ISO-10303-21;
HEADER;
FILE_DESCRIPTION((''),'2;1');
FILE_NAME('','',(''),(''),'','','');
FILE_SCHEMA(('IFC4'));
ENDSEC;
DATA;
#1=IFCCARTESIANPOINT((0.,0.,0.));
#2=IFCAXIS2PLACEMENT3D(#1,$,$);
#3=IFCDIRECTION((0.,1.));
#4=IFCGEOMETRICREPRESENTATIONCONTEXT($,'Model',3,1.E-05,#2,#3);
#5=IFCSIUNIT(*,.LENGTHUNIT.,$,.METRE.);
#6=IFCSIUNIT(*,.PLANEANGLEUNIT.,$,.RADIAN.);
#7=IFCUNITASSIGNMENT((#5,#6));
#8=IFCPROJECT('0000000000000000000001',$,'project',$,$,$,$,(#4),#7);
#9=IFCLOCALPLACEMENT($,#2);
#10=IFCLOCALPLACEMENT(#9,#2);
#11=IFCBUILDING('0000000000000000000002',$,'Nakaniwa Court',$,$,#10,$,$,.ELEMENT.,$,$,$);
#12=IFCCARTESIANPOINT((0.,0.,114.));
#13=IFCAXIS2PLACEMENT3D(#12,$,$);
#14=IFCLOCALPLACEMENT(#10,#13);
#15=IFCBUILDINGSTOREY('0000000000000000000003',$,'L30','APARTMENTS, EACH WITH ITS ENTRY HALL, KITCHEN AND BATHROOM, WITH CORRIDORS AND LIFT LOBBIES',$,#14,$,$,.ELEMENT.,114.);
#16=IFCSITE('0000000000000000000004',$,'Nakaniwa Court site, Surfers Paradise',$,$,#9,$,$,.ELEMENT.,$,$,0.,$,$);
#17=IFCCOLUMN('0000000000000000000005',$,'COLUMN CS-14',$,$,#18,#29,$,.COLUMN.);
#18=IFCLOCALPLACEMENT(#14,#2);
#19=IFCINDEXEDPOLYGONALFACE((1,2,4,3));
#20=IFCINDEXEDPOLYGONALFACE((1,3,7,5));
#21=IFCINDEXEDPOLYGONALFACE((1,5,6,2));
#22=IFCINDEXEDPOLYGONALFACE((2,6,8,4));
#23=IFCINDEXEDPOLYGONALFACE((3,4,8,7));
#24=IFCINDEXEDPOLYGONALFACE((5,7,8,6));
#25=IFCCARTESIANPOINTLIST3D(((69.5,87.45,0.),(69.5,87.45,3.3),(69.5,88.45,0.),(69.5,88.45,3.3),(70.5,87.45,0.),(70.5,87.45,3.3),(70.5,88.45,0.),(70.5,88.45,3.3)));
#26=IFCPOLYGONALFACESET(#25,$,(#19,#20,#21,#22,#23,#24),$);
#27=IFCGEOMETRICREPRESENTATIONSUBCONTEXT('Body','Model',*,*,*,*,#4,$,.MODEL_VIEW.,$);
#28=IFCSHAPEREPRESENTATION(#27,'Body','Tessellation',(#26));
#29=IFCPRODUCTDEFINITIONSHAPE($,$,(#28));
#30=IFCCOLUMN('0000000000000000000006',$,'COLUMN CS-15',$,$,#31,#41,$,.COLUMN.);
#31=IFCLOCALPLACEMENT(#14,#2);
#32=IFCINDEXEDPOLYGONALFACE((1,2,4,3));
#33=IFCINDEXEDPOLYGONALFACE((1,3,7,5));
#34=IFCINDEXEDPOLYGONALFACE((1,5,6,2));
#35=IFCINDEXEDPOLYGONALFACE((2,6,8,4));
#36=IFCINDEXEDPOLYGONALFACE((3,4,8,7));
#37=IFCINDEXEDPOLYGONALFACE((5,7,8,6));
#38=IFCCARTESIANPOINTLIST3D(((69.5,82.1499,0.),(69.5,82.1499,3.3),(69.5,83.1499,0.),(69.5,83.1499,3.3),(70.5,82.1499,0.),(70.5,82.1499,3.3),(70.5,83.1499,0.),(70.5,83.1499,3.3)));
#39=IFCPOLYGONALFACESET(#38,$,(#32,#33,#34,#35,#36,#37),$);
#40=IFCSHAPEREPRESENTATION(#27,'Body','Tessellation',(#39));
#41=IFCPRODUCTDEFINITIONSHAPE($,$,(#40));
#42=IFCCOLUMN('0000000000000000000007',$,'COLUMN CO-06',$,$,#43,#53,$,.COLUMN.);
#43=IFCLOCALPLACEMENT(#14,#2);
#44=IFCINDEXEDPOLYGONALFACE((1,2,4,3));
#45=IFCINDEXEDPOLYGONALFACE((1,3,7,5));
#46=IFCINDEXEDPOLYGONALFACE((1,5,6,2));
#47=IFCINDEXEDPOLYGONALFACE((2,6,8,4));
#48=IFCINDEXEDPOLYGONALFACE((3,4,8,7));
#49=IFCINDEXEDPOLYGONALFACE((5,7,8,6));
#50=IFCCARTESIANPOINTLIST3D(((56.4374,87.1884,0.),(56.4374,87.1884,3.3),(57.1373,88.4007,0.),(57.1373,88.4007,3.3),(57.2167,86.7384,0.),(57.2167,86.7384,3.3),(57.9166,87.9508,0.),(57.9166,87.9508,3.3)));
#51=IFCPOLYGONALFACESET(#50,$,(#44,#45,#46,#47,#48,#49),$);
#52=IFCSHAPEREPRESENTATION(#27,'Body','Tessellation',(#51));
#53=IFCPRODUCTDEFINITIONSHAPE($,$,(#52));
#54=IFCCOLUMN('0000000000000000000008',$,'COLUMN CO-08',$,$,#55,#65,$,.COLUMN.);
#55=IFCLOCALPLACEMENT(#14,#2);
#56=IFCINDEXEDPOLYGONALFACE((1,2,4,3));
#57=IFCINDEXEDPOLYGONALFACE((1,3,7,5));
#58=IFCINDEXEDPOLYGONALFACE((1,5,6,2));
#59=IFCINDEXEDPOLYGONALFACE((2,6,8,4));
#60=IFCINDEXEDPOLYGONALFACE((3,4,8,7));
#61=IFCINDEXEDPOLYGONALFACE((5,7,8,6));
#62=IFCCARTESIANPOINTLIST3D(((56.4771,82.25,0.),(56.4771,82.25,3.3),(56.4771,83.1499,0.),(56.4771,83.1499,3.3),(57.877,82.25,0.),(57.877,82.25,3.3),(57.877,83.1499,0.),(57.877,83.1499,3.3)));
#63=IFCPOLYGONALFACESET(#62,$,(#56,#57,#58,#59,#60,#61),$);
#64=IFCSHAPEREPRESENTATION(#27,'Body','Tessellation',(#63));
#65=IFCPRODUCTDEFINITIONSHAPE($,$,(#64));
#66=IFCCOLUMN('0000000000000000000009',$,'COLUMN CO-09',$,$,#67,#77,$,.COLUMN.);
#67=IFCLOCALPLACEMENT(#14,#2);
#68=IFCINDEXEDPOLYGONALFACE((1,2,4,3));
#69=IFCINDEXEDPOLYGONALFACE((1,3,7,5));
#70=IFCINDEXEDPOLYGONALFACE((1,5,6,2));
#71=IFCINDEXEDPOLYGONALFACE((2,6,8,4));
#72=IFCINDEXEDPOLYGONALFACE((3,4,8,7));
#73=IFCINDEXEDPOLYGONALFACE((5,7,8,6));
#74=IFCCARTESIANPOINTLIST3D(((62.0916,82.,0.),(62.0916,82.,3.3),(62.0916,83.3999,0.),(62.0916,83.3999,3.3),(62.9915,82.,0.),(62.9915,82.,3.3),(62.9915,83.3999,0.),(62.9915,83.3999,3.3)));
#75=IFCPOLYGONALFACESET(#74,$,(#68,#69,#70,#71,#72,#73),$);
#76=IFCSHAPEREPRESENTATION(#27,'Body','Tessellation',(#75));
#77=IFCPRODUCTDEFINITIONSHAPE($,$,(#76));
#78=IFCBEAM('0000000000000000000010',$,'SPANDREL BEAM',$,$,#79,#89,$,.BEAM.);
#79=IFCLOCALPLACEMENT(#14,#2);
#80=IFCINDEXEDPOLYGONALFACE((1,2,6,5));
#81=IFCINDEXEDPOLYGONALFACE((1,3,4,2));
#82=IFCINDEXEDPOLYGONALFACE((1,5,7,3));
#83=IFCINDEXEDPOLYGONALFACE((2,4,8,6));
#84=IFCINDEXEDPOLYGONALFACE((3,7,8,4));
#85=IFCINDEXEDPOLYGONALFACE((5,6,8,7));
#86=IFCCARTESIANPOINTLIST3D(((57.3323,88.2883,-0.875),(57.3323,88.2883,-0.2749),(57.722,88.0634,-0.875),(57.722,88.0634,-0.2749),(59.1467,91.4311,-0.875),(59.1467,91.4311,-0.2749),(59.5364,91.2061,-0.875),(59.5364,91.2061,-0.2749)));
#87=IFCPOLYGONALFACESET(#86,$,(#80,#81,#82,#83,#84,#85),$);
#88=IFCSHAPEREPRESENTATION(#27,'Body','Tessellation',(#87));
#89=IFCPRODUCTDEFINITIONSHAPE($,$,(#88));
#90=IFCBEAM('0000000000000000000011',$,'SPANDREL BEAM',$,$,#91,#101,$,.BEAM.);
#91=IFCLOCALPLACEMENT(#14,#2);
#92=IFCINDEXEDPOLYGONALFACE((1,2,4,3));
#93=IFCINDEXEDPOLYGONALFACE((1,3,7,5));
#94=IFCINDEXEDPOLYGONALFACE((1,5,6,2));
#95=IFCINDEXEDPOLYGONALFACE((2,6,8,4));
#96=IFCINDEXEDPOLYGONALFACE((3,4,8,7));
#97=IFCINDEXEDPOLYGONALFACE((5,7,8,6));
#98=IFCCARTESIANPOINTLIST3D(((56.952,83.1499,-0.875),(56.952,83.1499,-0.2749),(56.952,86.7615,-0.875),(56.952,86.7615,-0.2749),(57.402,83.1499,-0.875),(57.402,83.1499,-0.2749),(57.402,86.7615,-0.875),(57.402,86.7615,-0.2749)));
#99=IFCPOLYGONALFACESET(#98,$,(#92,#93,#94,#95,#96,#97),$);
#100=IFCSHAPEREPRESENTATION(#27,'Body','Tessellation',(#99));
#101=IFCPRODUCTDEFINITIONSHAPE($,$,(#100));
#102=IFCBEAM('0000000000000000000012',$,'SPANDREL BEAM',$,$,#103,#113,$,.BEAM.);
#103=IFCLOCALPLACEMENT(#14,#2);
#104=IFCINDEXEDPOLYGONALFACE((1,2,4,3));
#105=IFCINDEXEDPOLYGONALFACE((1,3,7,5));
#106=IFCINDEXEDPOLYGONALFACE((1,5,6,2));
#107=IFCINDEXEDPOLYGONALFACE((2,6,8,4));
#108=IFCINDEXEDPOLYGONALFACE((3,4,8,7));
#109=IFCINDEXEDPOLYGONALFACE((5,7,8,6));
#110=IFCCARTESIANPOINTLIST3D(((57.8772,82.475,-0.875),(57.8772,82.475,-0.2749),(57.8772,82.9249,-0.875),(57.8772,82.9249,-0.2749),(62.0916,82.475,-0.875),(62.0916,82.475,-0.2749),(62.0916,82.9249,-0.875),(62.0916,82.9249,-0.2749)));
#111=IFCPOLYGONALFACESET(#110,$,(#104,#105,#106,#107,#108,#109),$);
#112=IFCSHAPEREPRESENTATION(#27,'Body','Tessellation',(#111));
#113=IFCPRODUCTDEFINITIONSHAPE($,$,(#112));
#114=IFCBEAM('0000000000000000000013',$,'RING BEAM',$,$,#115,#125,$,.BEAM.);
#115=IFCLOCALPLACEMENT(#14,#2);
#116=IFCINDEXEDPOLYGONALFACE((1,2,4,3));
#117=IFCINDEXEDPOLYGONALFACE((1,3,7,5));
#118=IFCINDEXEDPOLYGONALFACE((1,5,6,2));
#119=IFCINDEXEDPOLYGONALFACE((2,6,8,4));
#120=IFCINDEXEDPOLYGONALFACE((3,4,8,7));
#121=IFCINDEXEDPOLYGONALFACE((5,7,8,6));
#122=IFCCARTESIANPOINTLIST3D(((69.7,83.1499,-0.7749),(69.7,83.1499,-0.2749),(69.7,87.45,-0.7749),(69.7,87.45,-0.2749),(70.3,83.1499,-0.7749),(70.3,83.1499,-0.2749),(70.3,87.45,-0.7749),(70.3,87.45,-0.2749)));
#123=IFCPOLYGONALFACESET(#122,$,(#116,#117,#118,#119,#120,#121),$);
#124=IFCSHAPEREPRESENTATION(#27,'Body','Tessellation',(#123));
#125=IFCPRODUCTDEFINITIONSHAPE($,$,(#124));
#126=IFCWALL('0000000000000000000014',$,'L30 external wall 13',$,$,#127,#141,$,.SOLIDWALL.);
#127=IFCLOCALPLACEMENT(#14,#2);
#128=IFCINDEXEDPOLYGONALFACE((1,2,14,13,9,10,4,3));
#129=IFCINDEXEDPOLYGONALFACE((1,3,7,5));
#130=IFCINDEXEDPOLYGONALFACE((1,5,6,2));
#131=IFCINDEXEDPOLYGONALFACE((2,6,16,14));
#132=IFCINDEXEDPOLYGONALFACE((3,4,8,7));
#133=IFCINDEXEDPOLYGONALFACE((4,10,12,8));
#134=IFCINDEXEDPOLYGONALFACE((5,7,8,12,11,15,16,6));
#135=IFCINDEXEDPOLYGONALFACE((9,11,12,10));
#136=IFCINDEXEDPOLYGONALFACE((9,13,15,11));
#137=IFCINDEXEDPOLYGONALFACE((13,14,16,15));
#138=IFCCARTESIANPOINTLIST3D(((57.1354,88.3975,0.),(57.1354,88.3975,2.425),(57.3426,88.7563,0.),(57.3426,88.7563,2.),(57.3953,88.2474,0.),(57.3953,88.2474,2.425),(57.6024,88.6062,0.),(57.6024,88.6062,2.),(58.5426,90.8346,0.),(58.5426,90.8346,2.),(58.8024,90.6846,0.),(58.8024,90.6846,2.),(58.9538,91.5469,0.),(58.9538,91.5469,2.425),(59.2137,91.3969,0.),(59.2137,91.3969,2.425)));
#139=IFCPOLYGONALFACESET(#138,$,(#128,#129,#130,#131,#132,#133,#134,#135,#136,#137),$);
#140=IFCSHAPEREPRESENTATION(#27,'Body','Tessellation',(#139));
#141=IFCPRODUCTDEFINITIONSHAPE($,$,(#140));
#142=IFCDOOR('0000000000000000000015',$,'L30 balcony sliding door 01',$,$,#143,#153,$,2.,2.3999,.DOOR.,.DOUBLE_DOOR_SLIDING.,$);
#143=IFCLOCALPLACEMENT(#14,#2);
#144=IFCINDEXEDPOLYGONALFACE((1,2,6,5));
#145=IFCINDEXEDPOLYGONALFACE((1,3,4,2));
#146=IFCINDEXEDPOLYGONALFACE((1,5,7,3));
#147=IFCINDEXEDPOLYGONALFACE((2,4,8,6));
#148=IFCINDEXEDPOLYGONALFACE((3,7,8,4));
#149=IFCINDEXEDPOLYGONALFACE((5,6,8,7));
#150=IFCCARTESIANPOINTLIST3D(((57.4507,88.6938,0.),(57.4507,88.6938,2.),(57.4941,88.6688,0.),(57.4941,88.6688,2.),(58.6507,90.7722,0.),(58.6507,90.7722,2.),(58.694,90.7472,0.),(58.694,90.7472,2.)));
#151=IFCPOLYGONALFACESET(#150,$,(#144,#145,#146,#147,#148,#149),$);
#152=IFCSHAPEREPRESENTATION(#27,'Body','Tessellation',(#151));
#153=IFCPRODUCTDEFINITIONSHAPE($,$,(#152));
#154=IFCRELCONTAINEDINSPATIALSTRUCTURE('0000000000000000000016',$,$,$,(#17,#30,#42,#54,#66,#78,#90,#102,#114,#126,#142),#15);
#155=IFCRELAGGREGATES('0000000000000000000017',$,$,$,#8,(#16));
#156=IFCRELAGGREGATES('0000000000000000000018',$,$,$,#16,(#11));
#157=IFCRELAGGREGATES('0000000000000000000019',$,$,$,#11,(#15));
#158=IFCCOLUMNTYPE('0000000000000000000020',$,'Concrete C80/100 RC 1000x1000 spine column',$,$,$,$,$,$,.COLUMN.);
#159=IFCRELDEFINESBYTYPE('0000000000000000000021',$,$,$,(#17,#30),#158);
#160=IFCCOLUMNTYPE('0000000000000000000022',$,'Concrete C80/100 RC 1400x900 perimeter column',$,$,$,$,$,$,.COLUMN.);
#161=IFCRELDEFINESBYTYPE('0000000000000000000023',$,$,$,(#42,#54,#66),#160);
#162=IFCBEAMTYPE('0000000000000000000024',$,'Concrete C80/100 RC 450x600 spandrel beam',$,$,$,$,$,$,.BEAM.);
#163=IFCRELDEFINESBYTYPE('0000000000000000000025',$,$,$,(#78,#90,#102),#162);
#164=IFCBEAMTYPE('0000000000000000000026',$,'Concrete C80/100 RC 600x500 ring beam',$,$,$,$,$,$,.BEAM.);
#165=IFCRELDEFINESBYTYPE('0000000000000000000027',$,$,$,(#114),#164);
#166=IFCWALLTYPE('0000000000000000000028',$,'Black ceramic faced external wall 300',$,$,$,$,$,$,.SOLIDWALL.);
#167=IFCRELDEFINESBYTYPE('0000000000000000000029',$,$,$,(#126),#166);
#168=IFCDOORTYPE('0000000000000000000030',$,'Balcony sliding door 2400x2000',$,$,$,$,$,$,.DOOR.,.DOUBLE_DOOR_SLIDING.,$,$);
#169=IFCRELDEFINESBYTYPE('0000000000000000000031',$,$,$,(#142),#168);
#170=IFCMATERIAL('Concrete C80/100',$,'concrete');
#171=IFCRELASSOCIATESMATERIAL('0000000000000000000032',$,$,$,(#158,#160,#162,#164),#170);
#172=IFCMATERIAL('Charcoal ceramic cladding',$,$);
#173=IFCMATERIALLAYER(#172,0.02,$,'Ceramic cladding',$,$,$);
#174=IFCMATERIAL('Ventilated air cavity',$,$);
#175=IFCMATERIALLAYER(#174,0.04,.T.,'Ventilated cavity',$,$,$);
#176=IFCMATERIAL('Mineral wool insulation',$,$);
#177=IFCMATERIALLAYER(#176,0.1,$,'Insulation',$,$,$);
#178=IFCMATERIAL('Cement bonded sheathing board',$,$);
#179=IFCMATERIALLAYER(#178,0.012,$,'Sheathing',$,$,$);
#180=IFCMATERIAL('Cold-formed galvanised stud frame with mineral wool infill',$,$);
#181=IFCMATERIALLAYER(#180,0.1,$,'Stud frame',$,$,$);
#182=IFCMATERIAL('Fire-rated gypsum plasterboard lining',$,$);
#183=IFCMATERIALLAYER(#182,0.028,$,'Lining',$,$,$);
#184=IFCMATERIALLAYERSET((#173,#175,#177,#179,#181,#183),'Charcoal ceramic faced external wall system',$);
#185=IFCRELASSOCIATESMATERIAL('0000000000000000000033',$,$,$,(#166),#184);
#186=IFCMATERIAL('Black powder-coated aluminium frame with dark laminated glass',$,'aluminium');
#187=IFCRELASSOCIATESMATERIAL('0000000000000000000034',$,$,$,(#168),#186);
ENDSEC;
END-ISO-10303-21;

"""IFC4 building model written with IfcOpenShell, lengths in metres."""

from ifc_helpers import new_model, si_unit, direction, frame, frame_2d, origin, origin_2d, place, context, subcontext, project, spatial, rectangle, extrude, material, layer, layer_set, material_profile, profile_set, type_object, element, fill, save


model = new_model("IFC4")

# Units and contexts
model_context = context("Model", 3, precision=1e-05, world=origin(), true_north=direction((0.0, 1.0)))
body_context = subcontext(model_context, "Body", "Model", "MODEL_VIEW")
ifc_project = project(units=[si_unit("LENGTHUNIT", "METRE"), si_unit("PLANEANGLEUNIT", "RADIAN")], contexts=[model_context])

# Site, building, storey
site_placement = place(None, origin())
site = spatial("IfcSite", under=ifc_project, at=site_placement, Name="Nakaniwa Court site, Surfers Paradise", CompositionType="ELEMENT", RefElevation=0.0)
building_placement = place(site_placement, origin())
building = spatial("IfcBuilding", under=site, at=building_placement, Name="Nakaniwa Court", CompositionType="ELEMENT")
storey_placement = place(building_placement, frame((0.0, 0.0, 114.0)))
storey = spatial("IfcBuildingStorey", under=building, at=storey_placement, Name="L30", Description="APARTMENTS, EACH WITH ITS ENTRY HALL, KITCHEN AND BATHROOM, WITH CORRIDORS AND LIFT LOBBIES", CompositionType="ELEMENT", Elevation=114.0)

# Columns
ifc_material_1 = material(Name="Concrete C80/100", Category="concrete")
ifc_material_profile_1 = material_profile(ifc_material_1, rectangle(XDim=1.0, YDim=1.0, at=origin_2d()), Name="Concrete C80/100 RC 1000x1000 spine column")
ifc_profile_set_1 = profile_set([ifc_material_profile_1], Name="Concrete C80/100")
column_type_1 = type_object("IfcColumnType", Name="Concrete C80/100 RC 1000x1000 spine column", PredefinedType="COLUMN", material=ifc_profile_set_1)
for number, where, z_axis, x_axis, name in (
    (1, (70.0, 87.95, 0.0), (0.0, 0.0, 1.0), (0.0, -1.0, 0.0), "COLUMN CS-14"),
    (2, (70.0, 82.6499, 0.0), (0.0, 0.0, 1.0), (0.0, -1.0, 0.0), "COLUMN CS-15"),
):
    element("IfcColumn", number, at=place(storey_placement, frame(where, z_axis=z_axis, x_axis=x_axis)), inside=storey, type_object=column_type_1, Name=name, PredefinedType="COLUMN", context=body_context, shape_type="SweptSolid", body=[
        extrude(rectangle(XDim=1.0, YDim=1.0, at=origin_2d()), origin(), (0.0, 0.0, 1.0), 3.3),
    ])
ifc_material_profile_2 = material_profile(ifc_material_1, rectangle(XDim=1.3999, YDim=0.8999, at=origin_2d()), Name="Concrete C80/100 RC 1400x900 perimeter column")
ifc_profile_set_2 = profile_set([ifc_material_profile_2], Name="Concrete C80/100")
column_type_2 = type_object("IfcColumnType", Name="Concrete C80/100 RC 1400x900 perimeter column", PredefinedType="COLUMN", material=ifc_profile_set_2)
for number, where, z_axis, x_axis, name in (
    (3, (57.177, 87.5696, 0.0), (0.0, 0.0, 1.0), (-0.5, -0.866025, 0.0), "COLUMN CO-06"),
    (4, (57.177, 82.7, 0.0), (0.0, 0.0, 1.0), (1.0, 0.0, 0.0), "COLUMN CO-08"),
    (5, (62.5415, 82.7, 0.0), (0.0, 0.0, 1.0), (0.0, -1.0, 0.0), "COLUMN CO-09"),
):
    element("IfcColumn", number, at=place(storey_placement, frame(where, z_axis=z_axis, x_axis=x_axis)), inside=storey, type_object=column_type_2, Name=name, PredefinedType="COLUMN", context=body_context, shape_type="SweptSolid", body=[
        extrude(rectangle(XDim=1.3999, YDim=0.8999, at=origin_2d()), origin(), (0.0, 0.0, 1.0), 3.3),
    ])

# Beams
ifc_material_profile_3 = material_profile(ifc_material_1, rectangle(XDim=0.45, YDim=0.6001, at=origin_2d()), Name="Concrete C80/100 RC 450x600 spandrel beam")
ifc_profile_set_3 = profile_set([ifc_material_profile_3], Name="Concrete C80/100")
beam_type_1 = type_object("IfcBeamType", Name="Concrete C80/100 RC 450x600 spandrel beam", PredefinedType="BEAM", material=ifc_profile_set_3)
beam_1_placement = place(storey_placement, frame((59.3416, 91.3186, -0.575), z_axis=(-0.499988, -0.866032, 0.0), x_axis=(0.866032, -0.499988, 0.0)))
element("IfcBeam", 6, at=beam_1_placement, inside=storey, type_object=beam_type_1, Name="SPANDREL BEAM", PredefinedType="BEAM", context=body_context, shape_type="SweptSolid", body=[
    extrude(rectangle(XDim=0.45, YDim=0.6001, at=origin_2d()), origin(), (0.0, 0.0, 1.0), 3.6289),
])
beam_2_placement = place(storey_placement, frame((57.177, 86.7615, -0.575), z_axis=(0.0, -1.0, 0.0), x_axis=(1.0, 0.0, 0.0)))
element("IfcBeam", 7, at=beam_2_placement, inside=storey, type_object=beam_type_1, Name="SPANDREL BEAM", PredefinedType="BEAM", context=body_context, shape_type="SweptSolid", body=[
    extrude(rectangle(XDim=0.45, YDim=0.6001, at=origin_2d()), origin(), (0.0, 0.0, 1.0), 3.6116),
])
beam_3_placement = place(storey_placement, frame((57.8772, 82.7, -0.575), z_axis=(1.0, 0.0, 0.0), x_axis=(0.0, 1.0, 0.0)))
element("IfcBeam", 8, at=beam_3_placement, inside=storey, type_object=beam_type_1, Name="SPANDREL BEAM", PredefinedType="BEAM", context=body_context, shape_type="SweptSolid", body=[
    extrude(rectangle(XDim=0.45, YDim=0.6001, at=origin_2d()), origin(), (0.0, 0.0, 1.0), 4.2144),
])
ifc_material_profile_4 = material_profile(ifc_material_1, rectangle(XDim=0.6001, YDim=0.5, at=origin_2d()), Name="Concrete C80/100 RC 600x500 ring beam")
ifc_profile_set_4 = profile_set([ifc_material_profile_4], Name="Concrete C80/100")
beam_type_2 = type_object("IfcBeamType", Name="Concrete C80/100 RC 600x500 ring beam", PredefinedType="BEAM", material=ifc_profile_set_4)
beam_4_placement = place(storey_placement, frame((70.0, 87.45, -0.5249), z_axis=(0.0, -1.0, 0.0), x_axis=(1.0, 0.0, 0.0)))
element("IfcBeam", 9, at=beam_4_placement, inside=storey, type_object=beam_type_2, Name="RING BEAM", PredefinedType="BEAM", context=body_context, shape_type="SweptSolid", body=[
    extrude(rectangle(XDim=0.6001, YDim=0.5, at=origin_2d()), origin(), (0.0, 0.0, 1.0), 4.3),
])

# Wall, opening, door
ifc_material_2 = material(Name="Charcoal ceramic cladding")
ifc_layer_1 = layer(ifc_material_2, 0.02, Name="Ceramic cladding")
ifc_material_3 = material(Name="Ventilated air cavity")
ifc_layer_2 = layer(ifc_material_3, 0.04, ventilated=True, Name="Ventilated cavity")
ifc_material_4 = material(Name="Mineral wool insulation")
ifc_layer_3 = layer(ifc_material_4, 0.1, Name="Insulation")
ifc_material_5 = material(Name="Cement bonded sheathing board")
ifc_layer_4 = layer(ifc_material_5, 0.012, Name="Sheathing")
ifc_material_6 = material(Name="Cold-formed galvanised stud frame with mineral wool infill")
ifc_layer_5 = layer(ifc_material_6, 0.1, Name="Stud frame")
ifc_material_7 = material(Name="Fire-rated gypsum plasterboard lining")
ifc_layer_6 = layer(ifc_material_7, 0.028, Name="Lining")
ifc_layer_set_1 = layer_set([ifc_layer_1, ifc_layer_2, ifc_layer_3, ifc_layer_4, ifc_layer_5, ifc_layer_6], Name="Charcoal ceramic faced external wall system")
wall_type_1 = type_object("IfcWallType", Name="Black ceramic faced external wall 300", PredefinedType="SOLIDWALL", material=ifc_layer_set_1)
wall_1_placement = place(storey_placement, frame((59.0837, 91.4719, 0.0), z_axis=(0.0, 0.0, 1.0), x_axis=(-0.500009, -0.86602, 0.0)))
wall_1 = element("IfcWall", 10, at=wall_1_placement, inside=storey, type_object=wall_type_1, Name="L30 external wall 13", PredefinedType="SOLIDWALL", context=body_context, shape_type="SweptSolid", body=[
    extrude(rectangle(XDim=3.6367, YDim=0.3, at=frame_2d((1.8184, 0.0))), origin(), (0.0, 0.0, 1.0), 2.425),
])
opening_1_placement = place(wall_1_placement, frame((0.8225, 0.0, 0.0)))
opening_1 = element("IfcOpeningElement", 11, at=opening_1_placement, cuts=wall_1, PredefinedType="OPENING", context=body_context, shape_type="SweptSolid", body=[
    extrude(rectangle(XDim=2.3999, YDim=2.0, at=frame_2d((1.2, 1.0))), frame((0.0, 0.1599, 0.0), z_axis=(0.0, -1.0, 0.0), x_axis=(1.0, 0.0, 0.0)), (0.0, 0.0, 1.0), 0.3201),
])
ifc_material_8 = material(Name="Black powder-coated aluminium frame with dark laminated glass", Category="aluminium")
door_type_1 = type_object("IfcDoorType", Name="Balcony sliding door 2400x2000", OperationType="DOUBLE_DOOR_SLIDING", PredefinedType="DOOR", material=ifc_material_8)
door_1_placement = place(opening_1_placement, origin())
door_1 = element("IfcDoor", 12, at=door_1_placement, inside=storey, type_object=door_type_1, Name="L30 balcony sliding door 01", OperationType="DOUBLE_DOOR_SLIDING", OverallHeight=2.0, OverallWidth=2.3999, PredefinedType="DOOR", context=body_context, shape_type="SweptSolid", body=[
    extrude(rectangle(XDim=2.3999, YDim=2.0, at=frame_2d((1.2, 1.0))), frame((0.0, 0.0249, 0.0), z_axis=(0.0, -1.0, 0.0), x_axis=(1.0, 0.0, 0.0)), (0.0, 0.0, 1.0), 0.05),
])
fill(opening_1, door_1)

save(model, "model.ifc")
